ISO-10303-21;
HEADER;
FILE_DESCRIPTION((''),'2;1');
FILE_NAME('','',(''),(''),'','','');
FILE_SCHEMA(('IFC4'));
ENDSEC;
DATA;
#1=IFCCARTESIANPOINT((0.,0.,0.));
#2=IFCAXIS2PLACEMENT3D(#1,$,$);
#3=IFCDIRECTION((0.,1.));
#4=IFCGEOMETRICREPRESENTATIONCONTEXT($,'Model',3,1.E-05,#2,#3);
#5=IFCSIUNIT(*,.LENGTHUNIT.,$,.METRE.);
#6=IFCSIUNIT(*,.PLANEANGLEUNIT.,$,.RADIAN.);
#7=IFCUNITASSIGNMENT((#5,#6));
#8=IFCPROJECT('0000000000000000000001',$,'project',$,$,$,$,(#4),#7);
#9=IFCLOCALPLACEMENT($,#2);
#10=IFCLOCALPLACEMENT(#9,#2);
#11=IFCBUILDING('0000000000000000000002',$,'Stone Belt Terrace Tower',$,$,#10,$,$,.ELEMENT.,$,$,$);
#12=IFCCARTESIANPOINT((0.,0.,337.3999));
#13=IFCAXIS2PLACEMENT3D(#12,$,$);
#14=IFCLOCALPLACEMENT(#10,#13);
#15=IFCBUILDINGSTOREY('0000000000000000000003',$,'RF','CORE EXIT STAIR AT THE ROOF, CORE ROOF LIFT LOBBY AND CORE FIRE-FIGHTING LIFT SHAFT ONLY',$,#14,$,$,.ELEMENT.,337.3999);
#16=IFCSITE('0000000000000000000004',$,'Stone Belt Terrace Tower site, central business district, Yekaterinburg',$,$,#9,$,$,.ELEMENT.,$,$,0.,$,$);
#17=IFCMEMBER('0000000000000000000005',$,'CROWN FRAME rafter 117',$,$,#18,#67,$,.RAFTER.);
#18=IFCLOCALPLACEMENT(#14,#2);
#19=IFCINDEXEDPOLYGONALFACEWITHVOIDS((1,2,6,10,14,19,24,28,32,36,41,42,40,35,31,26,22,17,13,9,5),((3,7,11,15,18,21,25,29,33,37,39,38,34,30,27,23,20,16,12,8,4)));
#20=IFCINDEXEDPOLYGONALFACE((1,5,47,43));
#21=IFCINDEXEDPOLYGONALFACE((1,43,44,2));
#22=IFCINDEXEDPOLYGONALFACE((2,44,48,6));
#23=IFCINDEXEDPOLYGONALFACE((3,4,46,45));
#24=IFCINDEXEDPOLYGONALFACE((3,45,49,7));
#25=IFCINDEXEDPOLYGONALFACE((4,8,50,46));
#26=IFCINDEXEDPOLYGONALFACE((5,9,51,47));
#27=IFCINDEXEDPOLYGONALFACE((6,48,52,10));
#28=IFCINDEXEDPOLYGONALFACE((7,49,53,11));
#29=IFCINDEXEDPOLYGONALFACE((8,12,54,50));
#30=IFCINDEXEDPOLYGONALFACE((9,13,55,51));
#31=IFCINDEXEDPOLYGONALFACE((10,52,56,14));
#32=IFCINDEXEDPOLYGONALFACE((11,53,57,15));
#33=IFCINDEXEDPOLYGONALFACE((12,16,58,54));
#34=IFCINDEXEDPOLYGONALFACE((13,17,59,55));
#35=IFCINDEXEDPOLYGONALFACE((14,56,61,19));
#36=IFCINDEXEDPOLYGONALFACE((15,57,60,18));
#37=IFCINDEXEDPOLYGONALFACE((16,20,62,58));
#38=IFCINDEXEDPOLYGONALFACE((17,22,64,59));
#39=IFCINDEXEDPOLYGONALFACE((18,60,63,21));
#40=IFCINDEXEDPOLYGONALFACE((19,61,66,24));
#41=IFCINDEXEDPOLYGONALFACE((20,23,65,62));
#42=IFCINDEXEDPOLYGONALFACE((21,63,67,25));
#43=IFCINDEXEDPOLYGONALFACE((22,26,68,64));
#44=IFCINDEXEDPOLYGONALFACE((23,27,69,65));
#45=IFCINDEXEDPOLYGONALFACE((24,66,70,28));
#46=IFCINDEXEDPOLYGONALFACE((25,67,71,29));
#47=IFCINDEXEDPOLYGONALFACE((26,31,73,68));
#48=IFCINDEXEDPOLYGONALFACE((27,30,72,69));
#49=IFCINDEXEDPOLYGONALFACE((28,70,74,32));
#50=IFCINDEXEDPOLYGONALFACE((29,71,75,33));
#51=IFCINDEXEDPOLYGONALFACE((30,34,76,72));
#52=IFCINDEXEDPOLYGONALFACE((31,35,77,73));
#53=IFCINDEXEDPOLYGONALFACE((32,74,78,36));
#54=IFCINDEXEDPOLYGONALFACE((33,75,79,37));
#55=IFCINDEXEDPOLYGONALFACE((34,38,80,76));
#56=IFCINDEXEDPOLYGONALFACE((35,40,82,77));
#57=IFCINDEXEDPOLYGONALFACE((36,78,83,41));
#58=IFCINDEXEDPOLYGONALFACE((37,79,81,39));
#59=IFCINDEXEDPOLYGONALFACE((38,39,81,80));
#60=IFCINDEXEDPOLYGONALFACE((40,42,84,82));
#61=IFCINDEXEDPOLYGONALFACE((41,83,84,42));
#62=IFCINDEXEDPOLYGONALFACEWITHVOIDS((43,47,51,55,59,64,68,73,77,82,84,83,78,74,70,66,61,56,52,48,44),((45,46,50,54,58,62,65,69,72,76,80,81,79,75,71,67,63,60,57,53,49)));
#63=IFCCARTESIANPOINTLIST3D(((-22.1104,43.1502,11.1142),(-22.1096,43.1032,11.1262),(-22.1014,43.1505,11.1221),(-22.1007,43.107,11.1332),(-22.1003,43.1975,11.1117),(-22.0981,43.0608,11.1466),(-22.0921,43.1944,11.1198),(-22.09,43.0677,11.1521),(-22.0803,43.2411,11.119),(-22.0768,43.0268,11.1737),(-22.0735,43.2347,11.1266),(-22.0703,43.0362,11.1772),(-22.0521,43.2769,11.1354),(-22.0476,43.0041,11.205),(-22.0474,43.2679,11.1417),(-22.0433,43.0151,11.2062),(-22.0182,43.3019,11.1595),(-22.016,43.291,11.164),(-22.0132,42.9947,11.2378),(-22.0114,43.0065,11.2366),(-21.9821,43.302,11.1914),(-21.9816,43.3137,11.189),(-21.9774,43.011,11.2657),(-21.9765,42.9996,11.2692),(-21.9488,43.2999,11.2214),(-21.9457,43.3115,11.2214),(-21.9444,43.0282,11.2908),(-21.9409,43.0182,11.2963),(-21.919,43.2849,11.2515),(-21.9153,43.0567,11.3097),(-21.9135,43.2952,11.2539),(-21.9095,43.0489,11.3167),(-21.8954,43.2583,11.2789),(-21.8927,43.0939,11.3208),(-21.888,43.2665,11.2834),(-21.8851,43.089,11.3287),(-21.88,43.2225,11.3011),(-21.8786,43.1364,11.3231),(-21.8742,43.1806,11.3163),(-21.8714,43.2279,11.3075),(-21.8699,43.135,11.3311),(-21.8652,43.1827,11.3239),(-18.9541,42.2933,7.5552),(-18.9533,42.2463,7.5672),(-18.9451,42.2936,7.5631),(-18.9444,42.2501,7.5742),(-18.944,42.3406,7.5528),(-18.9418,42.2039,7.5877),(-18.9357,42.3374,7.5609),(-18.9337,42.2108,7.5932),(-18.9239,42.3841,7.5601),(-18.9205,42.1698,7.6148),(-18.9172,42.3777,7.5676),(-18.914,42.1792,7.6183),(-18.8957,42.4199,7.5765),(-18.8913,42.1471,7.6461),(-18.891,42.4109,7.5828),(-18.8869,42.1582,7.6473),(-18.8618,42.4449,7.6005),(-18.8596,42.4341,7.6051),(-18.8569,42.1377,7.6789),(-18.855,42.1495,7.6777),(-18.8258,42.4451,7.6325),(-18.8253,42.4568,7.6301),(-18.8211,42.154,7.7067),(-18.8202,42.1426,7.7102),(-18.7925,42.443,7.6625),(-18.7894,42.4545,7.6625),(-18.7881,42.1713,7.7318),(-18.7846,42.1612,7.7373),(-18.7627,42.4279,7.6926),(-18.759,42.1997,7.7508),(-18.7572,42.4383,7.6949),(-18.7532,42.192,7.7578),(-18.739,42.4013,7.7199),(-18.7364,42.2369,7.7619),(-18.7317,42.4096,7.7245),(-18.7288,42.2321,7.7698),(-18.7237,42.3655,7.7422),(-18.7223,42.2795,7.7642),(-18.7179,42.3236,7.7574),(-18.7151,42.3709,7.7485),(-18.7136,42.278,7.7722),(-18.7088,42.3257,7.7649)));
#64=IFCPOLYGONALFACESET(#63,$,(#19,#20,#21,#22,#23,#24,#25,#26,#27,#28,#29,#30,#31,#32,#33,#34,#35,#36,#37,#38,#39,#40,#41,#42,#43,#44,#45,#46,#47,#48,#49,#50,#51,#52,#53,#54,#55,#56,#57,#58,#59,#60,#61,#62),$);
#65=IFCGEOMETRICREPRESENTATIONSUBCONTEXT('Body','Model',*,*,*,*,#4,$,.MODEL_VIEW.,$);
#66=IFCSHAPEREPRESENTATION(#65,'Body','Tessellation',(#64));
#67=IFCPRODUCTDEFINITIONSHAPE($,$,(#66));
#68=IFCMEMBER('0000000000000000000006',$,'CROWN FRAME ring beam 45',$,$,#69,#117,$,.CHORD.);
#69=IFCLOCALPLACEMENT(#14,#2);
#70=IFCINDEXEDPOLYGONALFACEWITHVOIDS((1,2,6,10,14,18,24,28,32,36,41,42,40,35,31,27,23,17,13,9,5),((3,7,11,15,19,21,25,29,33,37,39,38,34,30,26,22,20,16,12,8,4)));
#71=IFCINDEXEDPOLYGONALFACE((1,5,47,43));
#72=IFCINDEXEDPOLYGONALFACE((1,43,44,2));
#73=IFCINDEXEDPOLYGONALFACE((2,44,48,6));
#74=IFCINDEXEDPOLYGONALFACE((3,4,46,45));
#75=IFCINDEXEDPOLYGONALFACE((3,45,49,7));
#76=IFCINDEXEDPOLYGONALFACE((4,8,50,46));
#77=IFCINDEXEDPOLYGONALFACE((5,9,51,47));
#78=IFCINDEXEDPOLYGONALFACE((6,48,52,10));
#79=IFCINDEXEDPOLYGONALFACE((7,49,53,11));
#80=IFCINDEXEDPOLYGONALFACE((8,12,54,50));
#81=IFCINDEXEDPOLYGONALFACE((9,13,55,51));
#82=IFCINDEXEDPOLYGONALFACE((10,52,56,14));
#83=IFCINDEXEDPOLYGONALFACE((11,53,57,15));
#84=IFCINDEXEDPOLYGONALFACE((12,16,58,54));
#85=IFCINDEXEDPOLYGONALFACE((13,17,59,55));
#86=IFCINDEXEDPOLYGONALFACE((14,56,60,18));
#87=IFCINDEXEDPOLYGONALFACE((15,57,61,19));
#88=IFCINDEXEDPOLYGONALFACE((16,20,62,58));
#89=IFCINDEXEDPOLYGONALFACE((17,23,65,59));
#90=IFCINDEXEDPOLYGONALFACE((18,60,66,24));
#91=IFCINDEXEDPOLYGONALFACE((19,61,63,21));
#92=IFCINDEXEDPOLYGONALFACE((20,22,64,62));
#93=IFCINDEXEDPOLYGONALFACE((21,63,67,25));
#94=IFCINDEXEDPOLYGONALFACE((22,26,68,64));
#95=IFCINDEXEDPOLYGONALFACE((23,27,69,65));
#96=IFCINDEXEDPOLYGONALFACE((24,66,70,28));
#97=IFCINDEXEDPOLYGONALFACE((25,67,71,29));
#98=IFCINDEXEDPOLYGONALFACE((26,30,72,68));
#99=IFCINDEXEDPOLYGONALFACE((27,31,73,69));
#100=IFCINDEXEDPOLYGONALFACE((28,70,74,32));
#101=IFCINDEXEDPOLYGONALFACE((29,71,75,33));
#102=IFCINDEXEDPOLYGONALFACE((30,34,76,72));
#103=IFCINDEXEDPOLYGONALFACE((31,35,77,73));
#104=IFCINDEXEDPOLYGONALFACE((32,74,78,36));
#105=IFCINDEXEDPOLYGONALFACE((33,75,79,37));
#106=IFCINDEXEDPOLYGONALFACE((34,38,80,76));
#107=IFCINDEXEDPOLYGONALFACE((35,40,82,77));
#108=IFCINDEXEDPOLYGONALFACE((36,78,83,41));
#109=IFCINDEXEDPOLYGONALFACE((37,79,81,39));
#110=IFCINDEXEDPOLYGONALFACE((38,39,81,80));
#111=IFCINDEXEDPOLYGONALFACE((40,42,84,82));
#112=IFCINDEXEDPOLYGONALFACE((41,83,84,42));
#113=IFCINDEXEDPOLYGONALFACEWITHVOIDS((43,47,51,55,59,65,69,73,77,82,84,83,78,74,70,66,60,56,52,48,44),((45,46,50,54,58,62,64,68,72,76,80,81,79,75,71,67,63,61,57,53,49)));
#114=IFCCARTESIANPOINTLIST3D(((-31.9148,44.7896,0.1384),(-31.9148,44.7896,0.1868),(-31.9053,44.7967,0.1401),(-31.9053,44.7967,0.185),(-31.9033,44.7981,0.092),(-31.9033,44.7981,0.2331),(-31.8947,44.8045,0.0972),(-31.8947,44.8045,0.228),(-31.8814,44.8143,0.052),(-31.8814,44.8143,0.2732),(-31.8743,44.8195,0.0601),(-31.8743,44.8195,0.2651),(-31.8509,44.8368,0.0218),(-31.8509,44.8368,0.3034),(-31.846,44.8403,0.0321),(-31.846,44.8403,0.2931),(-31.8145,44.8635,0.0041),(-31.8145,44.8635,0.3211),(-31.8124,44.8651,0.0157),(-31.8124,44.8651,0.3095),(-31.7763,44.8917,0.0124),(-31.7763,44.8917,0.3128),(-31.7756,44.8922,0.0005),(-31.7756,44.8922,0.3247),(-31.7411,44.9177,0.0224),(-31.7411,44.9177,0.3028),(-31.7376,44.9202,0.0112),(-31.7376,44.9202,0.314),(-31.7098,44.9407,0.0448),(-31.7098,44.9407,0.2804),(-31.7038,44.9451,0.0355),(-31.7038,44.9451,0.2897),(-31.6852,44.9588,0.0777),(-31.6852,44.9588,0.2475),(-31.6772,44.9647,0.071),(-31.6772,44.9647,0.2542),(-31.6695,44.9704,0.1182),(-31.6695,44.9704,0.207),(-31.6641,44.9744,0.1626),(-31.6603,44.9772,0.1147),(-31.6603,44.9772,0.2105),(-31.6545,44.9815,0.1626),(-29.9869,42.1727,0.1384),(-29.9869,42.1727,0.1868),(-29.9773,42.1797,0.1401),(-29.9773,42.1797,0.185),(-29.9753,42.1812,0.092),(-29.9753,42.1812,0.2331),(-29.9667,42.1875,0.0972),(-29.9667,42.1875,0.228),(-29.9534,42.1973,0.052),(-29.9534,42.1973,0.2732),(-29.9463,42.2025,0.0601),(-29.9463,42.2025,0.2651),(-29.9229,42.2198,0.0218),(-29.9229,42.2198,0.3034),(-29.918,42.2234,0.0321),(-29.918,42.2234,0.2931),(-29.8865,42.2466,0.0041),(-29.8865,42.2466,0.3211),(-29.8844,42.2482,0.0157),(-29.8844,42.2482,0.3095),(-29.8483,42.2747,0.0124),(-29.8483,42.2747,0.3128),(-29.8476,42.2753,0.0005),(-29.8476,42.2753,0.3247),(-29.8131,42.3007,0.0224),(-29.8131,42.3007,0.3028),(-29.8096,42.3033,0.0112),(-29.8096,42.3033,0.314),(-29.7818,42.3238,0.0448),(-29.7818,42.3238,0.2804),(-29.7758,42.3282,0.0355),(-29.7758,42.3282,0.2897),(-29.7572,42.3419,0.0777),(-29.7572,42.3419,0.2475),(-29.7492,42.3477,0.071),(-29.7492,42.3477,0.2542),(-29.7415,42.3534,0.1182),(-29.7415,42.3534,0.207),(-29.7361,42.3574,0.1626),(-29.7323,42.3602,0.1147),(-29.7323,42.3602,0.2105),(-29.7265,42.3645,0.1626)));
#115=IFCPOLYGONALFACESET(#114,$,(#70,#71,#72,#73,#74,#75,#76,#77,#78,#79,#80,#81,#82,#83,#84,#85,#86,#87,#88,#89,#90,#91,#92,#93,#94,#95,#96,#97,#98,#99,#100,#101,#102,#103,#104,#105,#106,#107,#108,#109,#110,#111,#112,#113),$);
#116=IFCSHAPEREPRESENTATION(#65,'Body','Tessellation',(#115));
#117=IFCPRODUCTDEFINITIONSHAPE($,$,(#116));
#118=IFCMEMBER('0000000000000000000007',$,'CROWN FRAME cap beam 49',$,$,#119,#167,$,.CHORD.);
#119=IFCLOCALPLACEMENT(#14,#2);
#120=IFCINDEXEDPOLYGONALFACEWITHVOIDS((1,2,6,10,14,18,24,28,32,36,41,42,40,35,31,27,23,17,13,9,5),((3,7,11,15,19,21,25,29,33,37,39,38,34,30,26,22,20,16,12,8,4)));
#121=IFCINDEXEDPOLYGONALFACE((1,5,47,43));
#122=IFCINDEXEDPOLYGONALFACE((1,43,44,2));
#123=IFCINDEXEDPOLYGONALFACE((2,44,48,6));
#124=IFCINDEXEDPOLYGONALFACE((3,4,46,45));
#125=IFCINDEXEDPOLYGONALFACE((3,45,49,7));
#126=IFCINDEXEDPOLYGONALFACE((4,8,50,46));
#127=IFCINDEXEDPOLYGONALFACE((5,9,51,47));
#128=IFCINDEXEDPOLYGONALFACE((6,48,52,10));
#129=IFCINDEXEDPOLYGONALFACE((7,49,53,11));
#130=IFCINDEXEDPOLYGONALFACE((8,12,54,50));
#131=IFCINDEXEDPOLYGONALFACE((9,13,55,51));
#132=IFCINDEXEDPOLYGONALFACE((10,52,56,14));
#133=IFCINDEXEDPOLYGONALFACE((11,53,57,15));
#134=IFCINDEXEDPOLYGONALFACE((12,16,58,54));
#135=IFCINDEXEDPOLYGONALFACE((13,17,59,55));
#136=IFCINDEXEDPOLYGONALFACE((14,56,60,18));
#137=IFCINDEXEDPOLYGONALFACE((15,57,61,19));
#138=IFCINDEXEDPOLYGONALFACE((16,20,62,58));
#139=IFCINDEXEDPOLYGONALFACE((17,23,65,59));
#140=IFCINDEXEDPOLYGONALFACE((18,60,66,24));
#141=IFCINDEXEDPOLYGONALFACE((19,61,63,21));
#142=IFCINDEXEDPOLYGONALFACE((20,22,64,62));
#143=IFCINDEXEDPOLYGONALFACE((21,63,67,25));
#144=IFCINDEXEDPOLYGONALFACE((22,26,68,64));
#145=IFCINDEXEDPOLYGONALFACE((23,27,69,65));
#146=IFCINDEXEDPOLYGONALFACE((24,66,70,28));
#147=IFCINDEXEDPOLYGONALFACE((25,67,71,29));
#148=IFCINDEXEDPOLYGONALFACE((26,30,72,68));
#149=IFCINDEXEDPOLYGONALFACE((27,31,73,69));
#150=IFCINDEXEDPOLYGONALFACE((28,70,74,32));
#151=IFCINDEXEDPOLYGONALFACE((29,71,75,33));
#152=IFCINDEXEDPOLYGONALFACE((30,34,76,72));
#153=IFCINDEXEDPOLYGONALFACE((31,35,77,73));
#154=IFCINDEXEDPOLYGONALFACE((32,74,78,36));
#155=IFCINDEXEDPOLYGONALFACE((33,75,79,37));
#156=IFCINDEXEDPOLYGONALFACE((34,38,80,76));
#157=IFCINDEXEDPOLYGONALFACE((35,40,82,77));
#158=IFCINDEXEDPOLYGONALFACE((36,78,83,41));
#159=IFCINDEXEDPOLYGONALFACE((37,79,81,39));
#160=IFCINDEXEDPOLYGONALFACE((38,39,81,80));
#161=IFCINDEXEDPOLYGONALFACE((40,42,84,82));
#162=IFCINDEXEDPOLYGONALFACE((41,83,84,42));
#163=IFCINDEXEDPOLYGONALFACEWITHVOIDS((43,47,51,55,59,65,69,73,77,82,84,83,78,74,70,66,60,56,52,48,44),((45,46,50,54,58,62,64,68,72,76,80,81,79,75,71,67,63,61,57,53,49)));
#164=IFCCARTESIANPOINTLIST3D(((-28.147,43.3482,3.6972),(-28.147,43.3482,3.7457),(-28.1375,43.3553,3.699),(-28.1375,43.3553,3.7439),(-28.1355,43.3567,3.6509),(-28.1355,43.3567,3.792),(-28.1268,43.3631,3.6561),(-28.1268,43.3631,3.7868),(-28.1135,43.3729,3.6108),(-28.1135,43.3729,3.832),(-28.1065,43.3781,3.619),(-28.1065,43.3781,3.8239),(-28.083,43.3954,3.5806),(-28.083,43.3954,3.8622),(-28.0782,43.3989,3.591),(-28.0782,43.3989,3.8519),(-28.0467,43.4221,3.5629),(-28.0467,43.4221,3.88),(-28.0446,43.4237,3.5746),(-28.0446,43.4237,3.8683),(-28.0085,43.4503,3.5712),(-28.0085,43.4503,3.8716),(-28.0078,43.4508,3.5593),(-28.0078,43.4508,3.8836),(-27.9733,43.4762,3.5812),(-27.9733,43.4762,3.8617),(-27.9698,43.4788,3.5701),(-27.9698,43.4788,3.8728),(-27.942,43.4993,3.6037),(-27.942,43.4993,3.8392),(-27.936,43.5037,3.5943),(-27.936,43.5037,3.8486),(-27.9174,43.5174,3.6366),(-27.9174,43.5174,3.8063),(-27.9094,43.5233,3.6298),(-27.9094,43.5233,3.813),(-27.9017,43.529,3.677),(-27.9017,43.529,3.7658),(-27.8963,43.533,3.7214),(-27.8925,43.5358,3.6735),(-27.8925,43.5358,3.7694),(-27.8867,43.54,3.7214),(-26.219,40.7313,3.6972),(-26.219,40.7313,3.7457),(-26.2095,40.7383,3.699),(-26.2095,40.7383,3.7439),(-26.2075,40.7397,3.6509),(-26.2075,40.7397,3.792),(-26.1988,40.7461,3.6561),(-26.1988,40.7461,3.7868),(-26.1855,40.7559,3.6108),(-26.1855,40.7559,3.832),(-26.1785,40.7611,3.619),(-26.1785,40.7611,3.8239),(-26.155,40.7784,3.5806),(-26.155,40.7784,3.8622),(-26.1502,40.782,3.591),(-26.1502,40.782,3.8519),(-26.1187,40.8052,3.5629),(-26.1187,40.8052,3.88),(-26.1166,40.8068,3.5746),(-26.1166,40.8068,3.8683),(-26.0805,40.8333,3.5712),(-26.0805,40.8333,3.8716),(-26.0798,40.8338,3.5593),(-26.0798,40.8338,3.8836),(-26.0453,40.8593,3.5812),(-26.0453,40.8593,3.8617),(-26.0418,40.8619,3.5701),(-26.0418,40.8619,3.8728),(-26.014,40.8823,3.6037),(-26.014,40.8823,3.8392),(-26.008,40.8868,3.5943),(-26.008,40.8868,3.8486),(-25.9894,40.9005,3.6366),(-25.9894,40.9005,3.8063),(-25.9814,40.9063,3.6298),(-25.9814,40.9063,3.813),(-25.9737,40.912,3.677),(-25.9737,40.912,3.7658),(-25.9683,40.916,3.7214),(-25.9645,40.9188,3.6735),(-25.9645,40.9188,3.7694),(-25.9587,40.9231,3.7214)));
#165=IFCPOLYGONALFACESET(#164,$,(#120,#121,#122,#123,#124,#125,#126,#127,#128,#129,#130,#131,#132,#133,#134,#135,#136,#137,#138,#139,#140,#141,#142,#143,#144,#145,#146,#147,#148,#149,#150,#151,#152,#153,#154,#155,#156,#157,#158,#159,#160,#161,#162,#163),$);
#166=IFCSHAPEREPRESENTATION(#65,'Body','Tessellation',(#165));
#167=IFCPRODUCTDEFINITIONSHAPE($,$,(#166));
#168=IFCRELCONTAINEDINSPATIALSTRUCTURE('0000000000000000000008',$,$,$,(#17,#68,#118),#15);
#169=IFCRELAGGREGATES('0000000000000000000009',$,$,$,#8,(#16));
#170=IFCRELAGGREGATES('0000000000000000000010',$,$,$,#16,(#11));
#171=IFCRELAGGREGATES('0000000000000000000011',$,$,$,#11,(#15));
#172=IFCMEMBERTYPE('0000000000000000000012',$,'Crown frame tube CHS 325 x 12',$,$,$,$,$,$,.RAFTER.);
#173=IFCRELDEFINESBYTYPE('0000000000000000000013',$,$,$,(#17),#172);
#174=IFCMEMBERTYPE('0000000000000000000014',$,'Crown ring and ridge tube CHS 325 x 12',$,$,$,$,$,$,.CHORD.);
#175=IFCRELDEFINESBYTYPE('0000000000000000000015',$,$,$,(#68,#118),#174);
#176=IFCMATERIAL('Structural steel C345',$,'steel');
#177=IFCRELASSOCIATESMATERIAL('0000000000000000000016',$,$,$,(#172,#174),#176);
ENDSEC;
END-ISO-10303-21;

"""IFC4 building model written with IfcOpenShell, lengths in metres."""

from ifc_helpers import new_model, si_unit, direction, frame, origin, origin_2d, place, context, subcontext, project, spatial, hollow_circle, extrude, material, material_profile, profile_set, type_object, element, save


model = new_model("IFC4")

# Units and contexts
model_context = context("Model", 3, precision=1e-05, world=origin(), true_north=direction((0.0, 1.0)))
body_context = subcontext(model_context, "Body", "Model", "MODEL_VIEW")
ifc_project = project(units=[si_unit("LENGTHUNIT", "METRE"), si_unit("PLANEANGLEUNIT", "RADIAN")], contexts=[model_context])

# Site, building, storey
site_placement = place(None, origin())
site = spatial("IfcSite", under=ifc_project, at=site_placement, Name="Stone Belt Terrace Tower site, central business district, Yekaterinburg", CompositionType="ELEMENT", RefElevation=0.0)
building_placement = place(site_placement, origin())
building = spatial("IfcBuilding", under=site, at=building_placement, Name="Stone Belt Terrace Tower", CompositionType="ELEMENT")
storey_placement = place(building_placement, frame((0.0, 0.0, 337.3999)))
storey = spatial("IfcBuildingStorey", under=building, at=storey_placement, Name="RF", Description="CORE EXIT STAIR AT THE ROOF, CORE ROOF LIFT LOBBY AND CORE FIRE-FIGHTING LIFT SHAFT ONLY", CompositionType="ELEMENT", Elevation=337.3999)

# Members
ifc_material_1 = material(Name="Structural steel C345", Category="steel")
ifc_material_profile_1 = material_profile(ifc_material_1, hollow_circle(Radius=0.1626, WallThickness=0.012, at=origin_2d()), Name="Structural steel C345 CHS 325x12")
ifc_profile_set_1 = profile_set([ifc_material_profile_1], Name="Structural steel C345")
member_type_1 = type_object("IfcMemberType", Name="Crown frame tube CHS 325 x 12", PredefinedType="RAFTER", material=ifc_profile_set_1)
member_1_placement = place(storey_placement, frame((-21.9883, 43.1545, 11.2214), z_axis=(0.653011, -0.177295, -0.736304), x_axis=(0.262018, 0.965063, 0.0)))
element("IfcMember", 1, at=member_1_placement, inside=storey, type_object=member_type_1, Name="CROWN FRAME rafter 117", PredefinedType="RAFTER", context=body_context, shape_type="SweptSolid", body=[
    extrude(hollow_circle(Radius=0.1626, WallThickness=0.012, at=origin_2d()), origin(), (0.0, 0.0, 1.0), 4.8335),
])
ifc_material_profile_2 = material_profile(ifc_material_1, hollow_circle(Radius=0.1626, WallThickness=0.012, at=origin_2d()), Name="Structural steel C345 CHS 325x12")
ifc_profile_set_2 = profile_set([ifc_material_profile_2], Name="Structural steel C345")
member_type_2 = type_object("IfcMemberType", Name="Crown ring and ridge tube CHS 325 x 12", PredefinedType="CHORD", material=ifc_profile_set_2)
for number, where, z_axis, x_axis, name in (
    (2, (-31.7854, 44.885, 0.1626), (0.59314, -0.805099, 0.0), (0.805099, 0.59314, 0.0), "CROWN FRAME ring beam 45"),
    (3, (-28.0176, 43.4436, 3.7214), (0.59314, -0.805099, 0.0), (0.805099, 0.59314, 0.0), "CROWN FRAME cap beam 49"),
):
    element("IfcMember", number, at=place(storey_placement, frame(where, z_axis=z_axis, x_axis=x_axis)), inside=storey, type_object=member_type_2, Name=name, PredefinedType="CHORD", context=body_context, shape_type="SweptSolid", body=[
        extrude(hollow_circle(Radius=0.1626, WallThickness=0.012, at=origin_2d()), origin(), (0.0, 0.0, 1.0), 3.2505),
    ])

save(model, "model.ifc")
